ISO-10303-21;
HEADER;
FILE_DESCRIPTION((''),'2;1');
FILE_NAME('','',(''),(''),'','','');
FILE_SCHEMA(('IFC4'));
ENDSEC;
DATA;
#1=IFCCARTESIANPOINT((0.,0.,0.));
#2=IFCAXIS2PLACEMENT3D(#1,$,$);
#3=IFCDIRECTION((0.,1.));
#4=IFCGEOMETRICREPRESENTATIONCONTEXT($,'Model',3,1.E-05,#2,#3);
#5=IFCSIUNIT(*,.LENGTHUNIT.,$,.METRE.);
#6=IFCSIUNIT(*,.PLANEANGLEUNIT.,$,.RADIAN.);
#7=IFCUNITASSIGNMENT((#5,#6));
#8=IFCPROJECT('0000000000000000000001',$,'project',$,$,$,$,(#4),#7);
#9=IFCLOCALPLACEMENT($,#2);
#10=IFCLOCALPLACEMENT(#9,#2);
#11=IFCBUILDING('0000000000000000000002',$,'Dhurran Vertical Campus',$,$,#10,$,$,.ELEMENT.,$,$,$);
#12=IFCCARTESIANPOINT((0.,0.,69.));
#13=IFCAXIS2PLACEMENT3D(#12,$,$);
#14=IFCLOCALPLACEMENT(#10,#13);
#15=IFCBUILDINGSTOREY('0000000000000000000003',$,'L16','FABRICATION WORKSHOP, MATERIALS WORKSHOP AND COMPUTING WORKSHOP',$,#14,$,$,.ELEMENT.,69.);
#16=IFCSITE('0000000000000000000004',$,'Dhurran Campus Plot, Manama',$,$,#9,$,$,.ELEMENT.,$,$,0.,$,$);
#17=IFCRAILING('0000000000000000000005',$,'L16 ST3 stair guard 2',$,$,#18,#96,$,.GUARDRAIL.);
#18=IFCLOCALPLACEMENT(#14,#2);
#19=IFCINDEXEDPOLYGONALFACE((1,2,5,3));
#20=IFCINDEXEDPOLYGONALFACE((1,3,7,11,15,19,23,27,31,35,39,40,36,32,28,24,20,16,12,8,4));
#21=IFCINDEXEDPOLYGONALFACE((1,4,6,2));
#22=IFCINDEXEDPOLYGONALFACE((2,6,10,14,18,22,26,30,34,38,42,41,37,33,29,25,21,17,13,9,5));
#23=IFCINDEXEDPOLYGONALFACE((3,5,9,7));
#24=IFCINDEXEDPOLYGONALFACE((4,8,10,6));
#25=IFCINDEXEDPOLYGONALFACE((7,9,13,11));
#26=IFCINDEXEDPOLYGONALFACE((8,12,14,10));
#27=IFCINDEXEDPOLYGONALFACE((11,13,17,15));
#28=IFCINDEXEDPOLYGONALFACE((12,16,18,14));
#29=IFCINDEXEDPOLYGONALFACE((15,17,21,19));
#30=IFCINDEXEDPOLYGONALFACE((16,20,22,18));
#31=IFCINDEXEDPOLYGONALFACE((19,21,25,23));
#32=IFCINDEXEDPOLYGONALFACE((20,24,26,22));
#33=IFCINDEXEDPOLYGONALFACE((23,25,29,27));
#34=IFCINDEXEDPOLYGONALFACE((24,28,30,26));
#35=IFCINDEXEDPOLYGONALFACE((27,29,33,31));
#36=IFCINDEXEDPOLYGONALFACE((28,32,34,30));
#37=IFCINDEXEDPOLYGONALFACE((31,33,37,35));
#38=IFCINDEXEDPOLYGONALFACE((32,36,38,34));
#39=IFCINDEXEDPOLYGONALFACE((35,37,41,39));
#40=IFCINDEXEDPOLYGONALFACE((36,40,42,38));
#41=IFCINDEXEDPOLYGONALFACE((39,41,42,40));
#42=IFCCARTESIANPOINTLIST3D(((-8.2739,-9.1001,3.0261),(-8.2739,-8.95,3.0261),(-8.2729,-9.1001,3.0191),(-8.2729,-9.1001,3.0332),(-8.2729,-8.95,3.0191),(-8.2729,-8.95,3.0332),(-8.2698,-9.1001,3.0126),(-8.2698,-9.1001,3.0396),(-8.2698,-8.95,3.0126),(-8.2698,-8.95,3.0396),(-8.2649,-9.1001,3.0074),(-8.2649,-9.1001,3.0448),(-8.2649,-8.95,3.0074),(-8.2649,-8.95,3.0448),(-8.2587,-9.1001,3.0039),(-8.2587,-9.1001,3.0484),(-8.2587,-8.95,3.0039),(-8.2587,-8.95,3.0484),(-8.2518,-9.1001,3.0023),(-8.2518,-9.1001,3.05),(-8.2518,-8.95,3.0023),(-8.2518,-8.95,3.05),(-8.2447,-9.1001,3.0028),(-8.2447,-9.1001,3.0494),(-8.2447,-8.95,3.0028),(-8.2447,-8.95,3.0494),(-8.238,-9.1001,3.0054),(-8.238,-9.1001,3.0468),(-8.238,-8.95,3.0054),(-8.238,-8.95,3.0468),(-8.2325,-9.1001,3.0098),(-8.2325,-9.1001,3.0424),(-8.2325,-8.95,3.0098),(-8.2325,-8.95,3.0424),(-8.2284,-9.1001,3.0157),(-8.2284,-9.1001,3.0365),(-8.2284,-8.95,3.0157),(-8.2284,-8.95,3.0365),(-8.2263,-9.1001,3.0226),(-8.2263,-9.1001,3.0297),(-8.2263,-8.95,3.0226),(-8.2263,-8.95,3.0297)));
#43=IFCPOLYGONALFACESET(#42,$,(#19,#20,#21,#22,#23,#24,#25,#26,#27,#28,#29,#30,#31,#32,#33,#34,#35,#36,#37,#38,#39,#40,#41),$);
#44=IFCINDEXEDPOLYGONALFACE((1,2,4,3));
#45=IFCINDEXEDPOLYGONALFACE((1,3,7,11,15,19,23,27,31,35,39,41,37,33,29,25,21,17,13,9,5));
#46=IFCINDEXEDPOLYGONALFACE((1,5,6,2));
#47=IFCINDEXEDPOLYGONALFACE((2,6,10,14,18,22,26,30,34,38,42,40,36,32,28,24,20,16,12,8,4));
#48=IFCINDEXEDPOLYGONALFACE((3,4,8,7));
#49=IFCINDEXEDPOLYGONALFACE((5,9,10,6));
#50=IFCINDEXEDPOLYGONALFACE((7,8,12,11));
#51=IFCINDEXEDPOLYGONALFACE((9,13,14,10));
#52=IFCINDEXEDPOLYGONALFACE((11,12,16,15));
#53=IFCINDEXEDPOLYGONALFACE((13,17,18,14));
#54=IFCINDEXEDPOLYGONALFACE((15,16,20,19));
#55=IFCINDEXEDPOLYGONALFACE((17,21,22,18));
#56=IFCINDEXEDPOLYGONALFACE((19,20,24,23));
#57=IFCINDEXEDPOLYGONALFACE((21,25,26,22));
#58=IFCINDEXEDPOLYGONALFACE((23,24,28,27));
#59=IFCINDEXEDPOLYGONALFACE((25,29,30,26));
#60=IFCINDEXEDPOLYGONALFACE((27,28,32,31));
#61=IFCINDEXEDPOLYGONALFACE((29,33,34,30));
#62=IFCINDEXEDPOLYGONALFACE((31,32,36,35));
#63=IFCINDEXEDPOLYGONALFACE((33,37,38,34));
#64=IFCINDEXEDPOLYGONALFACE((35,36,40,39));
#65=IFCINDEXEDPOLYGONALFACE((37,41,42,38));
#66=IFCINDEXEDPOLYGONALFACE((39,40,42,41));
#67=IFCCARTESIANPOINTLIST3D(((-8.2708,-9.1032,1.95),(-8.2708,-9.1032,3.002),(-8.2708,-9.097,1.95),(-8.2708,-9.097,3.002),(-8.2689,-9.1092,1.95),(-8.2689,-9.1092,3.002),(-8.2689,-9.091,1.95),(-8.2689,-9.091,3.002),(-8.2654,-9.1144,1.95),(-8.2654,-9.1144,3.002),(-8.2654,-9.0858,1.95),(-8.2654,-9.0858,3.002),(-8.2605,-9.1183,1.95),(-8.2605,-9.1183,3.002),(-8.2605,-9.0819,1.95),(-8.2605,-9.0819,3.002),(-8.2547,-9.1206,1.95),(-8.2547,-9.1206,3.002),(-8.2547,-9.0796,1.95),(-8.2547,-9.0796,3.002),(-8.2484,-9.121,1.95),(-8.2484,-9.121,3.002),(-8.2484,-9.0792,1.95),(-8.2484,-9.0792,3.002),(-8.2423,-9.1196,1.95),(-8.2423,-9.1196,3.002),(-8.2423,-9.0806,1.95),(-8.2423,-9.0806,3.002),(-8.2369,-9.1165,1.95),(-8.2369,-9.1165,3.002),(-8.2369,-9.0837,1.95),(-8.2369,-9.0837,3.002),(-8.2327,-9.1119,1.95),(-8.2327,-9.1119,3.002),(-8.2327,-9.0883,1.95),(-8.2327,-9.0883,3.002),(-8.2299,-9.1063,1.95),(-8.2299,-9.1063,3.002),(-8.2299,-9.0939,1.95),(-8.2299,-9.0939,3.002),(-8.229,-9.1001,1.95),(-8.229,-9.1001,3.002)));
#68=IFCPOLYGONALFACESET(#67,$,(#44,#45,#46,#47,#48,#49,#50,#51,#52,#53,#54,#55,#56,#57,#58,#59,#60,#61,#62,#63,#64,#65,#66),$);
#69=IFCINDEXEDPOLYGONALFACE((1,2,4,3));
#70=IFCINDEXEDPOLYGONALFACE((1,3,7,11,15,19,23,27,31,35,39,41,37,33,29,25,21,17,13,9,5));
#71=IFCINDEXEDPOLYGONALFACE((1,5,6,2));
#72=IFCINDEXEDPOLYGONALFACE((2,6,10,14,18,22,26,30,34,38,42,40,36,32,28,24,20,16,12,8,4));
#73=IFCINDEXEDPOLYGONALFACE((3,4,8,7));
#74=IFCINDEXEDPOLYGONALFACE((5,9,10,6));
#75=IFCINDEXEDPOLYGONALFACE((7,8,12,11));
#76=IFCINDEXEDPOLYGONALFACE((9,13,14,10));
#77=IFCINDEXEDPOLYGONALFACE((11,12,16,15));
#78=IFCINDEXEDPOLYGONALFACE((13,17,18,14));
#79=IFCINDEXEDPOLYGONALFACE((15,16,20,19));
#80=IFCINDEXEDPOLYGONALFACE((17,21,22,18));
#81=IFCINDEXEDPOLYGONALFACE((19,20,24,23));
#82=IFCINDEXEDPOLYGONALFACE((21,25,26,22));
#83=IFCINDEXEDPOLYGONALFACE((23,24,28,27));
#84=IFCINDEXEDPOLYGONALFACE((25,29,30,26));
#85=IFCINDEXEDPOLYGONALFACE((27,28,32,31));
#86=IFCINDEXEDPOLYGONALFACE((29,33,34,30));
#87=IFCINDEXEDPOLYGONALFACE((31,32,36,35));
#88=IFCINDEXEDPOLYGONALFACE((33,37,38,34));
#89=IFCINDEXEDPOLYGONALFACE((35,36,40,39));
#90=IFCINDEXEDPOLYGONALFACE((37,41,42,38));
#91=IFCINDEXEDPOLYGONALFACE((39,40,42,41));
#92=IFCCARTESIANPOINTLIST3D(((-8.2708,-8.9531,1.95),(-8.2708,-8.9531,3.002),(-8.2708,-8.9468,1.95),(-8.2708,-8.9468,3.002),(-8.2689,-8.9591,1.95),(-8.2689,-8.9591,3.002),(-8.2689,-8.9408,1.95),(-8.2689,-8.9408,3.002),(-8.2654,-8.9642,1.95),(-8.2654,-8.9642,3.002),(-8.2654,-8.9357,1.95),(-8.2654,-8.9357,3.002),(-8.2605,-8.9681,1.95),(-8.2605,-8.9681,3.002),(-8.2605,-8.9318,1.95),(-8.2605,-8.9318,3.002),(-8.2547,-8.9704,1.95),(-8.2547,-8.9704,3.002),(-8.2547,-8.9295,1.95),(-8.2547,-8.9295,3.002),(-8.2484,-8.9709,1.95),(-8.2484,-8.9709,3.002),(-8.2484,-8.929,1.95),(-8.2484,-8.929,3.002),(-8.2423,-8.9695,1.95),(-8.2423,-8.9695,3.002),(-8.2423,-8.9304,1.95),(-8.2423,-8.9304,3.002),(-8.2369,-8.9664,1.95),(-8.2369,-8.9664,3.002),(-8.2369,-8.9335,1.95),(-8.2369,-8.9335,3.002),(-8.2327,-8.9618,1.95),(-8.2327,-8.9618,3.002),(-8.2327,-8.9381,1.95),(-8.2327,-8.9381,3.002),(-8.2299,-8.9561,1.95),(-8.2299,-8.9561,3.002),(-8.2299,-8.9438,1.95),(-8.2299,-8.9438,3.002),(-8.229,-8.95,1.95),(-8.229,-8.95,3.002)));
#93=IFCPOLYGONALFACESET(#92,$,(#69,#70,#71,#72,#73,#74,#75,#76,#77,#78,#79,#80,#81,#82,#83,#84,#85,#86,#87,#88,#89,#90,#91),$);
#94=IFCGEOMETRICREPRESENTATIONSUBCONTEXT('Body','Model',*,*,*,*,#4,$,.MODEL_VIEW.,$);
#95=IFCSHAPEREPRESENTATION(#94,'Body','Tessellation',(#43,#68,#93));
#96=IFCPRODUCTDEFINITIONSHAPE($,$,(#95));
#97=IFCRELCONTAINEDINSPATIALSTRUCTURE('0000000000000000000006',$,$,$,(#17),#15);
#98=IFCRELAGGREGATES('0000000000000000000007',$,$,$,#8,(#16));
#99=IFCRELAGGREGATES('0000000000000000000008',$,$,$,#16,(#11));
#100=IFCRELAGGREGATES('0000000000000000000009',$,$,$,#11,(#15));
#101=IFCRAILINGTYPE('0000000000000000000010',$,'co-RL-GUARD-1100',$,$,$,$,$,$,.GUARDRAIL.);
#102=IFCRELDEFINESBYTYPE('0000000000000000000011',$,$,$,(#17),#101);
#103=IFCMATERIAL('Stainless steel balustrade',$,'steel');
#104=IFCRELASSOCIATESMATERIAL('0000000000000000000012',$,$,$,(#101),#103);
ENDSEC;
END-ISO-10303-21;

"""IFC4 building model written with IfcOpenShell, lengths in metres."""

from ifc_helpers import new_model, si_unit, direction, frame, origin, origin_2d, place, context, subcontext, project, spatial, circle, extrude, material, type_object, element, save


model = new_model("IFC4")

# Units and contexts
model_context = context("Model", 3, precision=1e-05, world=origin(), true_north=direction((0.0, 1.0)))
body_context = subcontext(model_context, "Body", "Model", "MODEL_VIEW")
ifc_project = project(units=[si_unit("LENGTHUNIT", "METRE"), si_unit("PLANEANGLEUNIT", "RADIAN")], contexts=[model_context])

# Site, building, storey
site_placement = place(None, origin())
site = spatial("IfcSite", under=ifc_project, at=site_placement, Name="Dhurran Campus Plot, Manama", CompositionType="ELEMENT", RefElevation=0.0)
building_placement = place(site_placement, origin())
building = spatial("IfcBuilding", under=site, at=building_placement, Name="Dhurran Vertical Campus", CompositionType="ELEMENT")
storey_placement = place(building_placement, frame((0.0, 0.0, 69.0)))
storey = spatial("IfcBuildingStorey", under=building, at=storey_placement, Name="L16", Description="FABRICATION WORKSHOP, MATERIALS WORKSHOP AND COMPUTING WORKSHOP", CompositionType="ELEMENT", Elevation=69.0)

# Railing
ifc_material_1 = material(Name="Stainless steel balustrade", Category="steel")
railing_type_1 = type_object("IfcRailingType", Name="co-RL-GUARD-1100", PredefinedType="GUARDRAIL", material=ifc_material_1)
railing_1_placement = place(storey_placement, frame((-8.25, -9.1001, 1.95)))
element("IfcRailing", 1, at=railing_1_placement, inside=storey, type_object=railing_type_1, Name="L16 ST3 stair guard 2", PredefinedType="GUARDRAIL", context=body_context, shape_type="SweptSolid", body=[
    extrude(circle(Radius=0.0239, at=origin_2d()), frame((0.0, 0.0, 1.0762), z_axis=(0.0, 1.0, 0.0), x_axis=(-1.0, 0.0, 0.0)), (0.0, 0.0, 1.0), 0.1501),
    extrude(circle(Radius=0.021, at=origin_2d()), origin(), (0.0, 0.0, 1.0), 1.052),
    extrude(circle(Radius=0.021, at=origin_2d()), frame((0.0, 0.1501, 0.0)), (0.0, 0.0, 1.0), 1.052),
])

save(model, "model.ifc")
